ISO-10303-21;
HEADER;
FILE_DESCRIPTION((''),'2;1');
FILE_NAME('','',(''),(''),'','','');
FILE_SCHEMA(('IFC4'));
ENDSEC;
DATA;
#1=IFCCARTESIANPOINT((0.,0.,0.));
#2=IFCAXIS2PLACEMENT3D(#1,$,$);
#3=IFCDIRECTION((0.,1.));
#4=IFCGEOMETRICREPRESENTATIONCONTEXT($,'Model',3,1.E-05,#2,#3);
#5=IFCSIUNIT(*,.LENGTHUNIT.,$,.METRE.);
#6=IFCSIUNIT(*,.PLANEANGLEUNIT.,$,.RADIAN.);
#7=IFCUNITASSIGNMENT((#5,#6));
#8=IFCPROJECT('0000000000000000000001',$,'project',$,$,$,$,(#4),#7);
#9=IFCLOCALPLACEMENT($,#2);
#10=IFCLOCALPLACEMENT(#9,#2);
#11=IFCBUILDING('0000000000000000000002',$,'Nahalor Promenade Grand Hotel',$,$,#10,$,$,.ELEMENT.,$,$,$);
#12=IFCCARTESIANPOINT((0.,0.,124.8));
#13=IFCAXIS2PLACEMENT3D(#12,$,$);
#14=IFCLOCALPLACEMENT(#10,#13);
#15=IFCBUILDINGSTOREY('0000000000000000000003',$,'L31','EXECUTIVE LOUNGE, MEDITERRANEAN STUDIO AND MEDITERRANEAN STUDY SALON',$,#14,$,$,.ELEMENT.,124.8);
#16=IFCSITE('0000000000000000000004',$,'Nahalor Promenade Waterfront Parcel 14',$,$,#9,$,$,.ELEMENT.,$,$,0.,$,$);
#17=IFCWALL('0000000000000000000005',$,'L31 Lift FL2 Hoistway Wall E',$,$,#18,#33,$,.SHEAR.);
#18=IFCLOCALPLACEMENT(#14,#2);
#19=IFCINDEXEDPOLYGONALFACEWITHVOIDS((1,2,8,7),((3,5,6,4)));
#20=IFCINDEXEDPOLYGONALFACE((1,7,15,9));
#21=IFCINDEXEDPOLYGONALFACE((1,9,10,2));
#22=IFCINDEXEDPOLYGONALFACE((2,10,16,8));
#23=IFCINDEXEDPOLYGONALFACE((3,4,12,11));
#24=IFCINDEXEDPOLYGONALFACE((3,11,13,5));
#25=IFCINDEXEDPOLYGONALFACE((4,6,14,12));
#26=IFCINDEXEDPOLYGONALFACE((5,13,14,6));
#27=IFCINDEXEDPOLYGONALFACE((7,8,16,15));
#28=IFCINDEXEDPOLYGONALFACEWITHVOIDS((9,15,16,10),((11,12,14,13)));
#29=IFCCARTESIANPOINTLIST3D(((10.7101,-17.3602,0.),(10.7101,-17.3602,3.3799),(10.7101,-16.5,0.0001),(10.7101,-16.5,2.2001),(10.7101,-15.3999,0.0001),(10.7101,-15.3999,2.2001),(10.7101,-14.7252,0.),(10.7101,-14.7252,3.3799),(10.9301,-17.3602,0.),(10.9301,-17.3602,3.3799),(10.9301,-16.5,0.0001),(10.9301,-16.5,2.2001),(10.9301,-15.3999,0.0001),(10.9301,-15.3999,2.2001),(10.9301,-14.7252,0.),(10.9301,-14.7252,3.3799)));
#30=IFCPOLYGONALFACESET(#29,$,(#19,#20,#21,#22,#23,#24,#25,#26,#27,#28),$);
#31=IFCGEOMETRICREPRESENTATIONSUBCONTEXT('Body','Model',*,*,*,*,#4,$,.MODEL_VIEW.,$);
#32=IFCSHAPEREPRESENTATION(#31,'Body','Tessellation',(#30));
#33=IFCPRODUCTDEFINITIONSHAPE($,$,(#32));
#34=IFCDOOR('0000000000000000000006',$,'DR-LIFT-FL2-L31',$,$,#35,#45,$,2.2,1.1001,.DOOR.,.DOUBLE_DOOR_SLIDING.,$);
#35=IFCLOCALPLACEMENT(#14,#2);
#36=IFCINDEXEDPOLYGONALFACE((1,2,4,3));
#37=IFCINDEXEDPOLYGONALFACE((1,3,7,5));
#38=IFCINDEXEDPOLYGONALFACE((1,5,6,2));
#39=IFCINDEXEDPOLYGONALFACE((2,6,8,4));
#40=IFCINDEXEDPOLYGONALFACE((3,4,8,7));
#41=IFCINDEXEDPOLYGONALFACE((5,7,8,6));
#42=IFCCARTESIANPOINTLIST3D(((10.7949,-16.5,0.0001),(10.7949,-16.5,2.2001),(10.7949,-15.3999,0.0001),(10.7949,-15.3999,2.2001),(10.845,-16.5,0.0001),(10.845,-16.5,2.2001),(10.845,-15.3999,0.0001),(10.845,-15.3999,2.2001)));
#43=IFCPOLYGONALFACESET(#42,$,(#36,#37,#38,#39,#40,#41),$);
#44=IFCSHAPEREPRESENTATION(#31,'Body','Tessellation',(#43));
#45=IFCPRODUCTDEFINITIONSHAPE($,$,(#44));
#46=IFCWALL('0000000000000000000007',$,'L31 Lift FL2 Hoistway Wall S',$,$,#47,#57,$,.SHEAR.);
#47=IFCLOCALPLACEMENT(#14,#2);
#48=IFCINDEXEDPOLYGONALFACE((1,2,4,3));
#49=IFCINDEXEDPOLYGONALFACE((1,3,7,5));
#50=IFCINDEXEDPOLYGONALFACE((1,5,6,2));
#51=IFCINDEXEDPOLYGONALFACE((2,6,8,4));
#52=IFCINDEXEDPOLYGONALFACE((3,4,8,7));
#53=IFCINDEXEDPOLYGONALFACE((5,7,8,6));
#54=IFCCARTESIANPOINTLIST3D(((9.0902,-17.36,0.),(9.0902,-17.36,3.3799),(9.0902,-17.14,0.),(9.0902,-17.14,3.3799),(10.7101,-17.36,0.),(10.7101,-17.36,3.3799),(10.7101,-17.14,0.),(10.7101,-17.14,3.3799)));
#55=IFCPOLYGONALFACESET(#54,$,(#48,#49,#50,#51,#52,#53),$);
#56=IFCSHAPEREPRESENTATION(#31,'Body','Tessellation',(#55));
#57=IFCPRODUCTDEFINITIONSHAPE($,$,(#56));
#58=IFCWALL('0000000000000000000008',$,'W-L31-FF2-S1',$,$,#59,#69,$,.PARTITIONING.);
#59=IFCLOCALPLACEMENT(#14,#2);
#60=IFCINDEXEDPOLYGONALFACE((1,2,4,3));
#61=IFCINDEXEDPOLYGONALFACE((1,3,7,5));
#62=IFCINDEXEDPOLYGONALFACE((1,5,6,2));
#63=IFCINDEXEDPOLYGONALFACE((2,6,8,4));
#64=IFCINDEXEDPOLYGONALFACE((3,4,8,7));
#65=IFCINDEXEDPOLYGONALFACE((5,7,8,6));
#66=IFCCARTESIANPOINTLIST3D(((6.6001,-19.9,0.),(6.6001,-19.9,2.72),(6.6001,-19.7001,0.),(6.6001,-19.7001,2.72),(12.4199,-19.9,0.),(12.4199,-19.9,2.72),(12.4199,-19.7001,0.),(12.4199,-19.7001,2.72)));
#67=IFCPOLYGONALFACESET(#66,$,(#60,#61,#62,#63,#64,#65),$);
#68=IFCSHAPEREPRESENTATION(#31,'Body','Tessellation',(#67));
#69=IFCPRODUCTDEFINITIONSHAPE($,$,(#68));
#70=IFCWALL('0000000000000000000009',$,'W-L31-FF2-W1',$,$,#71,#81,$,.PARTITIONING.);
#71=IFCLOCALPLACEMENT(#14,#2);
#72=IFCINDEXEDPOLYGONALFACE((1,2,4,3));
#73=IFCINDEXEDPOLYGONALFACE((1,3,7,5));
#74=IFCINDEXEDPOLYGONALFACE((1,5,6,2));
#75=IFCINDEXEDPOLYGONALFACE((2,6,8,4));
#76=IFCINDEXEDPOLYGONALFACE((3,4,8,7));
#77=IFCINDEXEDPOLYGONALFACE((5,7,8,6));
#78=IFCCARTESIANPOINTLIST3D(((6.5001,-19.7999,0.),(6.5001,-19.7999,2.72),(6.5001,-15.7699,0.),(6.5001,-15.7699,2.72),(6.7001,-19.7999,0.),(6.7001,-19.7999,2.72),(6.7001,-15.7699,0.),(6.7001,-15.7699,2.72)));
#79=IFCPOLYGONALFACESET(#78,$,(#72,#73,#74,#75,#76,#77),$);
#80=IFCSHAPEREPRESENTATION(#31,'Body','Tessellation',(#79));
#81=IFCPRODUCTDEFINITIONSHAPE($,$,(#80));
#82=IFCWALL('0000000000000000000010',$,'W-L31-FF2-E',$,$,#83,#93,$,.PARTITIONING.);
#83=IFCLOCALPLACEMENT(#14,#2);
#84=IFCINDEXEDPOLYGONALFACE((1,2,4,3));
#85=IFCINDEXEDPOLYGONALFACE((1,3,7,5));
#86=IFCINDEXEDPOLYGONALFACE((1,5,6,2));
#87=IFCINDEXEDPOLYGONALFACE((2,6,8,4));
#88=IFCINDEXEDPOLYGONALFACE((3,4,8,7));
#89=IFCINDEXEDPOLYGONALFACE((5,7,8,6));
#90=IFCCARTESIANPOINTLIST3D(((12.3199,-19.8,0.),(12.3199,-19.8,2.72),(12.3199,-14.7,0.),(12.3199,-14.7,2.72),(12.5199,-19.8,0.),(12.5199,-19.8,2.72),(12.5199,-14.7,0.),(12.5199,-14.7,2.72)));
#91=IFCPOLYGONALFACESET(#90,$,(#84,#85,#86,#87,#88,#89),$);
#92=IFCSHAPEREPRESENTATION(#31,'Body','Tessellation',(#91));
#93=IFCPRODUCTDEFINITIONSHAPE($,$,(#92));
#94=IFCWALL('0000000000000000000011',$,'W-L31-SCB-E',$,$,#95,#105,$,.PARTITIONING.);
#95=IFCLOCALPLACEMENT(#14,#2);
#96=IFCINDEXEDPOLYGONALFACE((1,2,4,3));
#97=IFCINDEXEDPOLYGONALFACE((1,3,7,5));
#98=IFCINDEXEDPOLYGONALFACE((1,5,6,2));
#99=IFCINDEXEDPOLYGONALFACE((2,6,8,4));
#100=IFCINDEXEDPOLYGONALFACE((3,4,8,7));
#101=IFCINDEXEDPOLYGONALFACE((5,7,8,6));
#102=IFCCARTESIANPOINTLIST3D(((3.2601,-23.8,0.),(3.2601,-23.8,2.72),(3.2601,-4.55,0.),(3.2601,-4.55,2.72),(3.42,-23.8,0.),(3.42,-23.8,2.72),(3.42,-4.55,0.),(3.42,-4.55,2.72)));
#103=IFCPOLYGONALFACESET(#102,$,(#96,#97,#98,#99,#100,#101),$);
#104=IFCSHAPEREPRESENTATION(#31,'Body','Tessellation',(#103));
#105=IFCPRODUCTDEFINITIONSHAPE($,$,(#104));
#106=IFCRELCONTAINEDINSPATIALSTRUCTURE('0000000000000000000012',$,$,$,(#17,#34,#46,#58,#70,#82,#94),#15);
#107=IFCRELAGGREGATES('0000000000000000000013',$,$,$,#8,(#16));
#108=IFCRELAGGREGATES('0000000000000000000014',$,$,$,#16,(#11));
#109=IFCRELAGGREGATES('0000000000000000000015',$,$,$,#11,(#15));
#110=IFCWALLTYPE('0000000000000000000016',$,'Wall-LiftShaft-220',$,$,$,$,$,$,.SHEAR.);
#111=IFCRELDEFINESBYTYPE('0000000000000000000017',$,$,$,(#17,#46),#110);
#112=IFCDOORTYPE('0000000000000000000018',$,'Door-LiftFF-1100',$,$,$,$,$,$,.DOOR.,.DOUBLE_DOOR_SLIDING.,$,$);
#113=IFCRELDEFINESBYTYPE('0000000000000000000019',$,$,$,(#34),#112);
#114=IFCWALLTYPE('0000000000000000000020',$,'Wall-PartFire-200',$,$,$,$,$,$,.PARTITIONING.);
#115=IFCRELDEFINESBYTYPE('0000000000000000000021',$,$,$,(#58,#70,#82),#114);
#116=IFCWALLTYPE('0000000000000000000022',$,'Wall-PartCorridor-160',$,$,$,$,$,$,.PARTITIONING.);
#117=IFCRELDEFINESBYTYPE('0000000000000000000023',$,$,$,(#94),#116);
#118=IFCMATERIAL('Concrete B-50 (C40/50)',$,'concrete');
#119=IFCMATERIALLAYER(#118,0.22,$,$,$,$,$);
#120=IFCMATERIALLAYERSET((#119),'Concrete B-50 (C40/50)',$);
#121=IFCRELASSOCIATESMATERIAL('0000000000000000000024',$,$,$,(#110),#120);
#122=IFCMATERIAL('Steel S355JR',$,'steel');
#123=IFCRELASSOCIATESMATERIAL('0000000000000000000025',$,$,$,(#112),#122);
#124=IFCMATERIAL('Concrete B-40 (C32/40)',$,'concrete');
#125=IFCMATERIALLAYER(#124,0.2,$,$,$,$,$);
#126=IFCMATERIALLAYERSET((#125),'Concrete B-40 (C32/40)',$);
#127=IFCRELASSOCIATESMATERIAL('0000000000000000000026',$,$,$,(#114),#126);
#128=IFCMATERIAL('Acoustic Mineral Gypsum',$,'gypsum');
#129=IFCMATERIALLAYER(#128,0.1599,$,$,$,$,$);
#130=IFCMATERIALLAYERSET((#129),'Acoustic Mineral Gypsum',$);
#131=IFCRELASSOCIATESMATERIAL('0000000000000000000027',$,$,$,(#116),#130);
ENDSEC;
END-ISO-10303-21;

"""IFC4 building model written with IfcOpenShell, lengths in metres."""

from ifc_helpers import new_model, si_unit, direction, frame, frame_2d, origin, place, context, subcontext, project, spatial, rectangle, extrude, source, transform, mapped, material, layer, layer_set, type_object, element, fill, save


model = new_model("IFC4")

# Units and contexts
model_context = context("Model", 3, precision=1e-05, world=origin(), true_north=direction((0.0, 1.0)))
body_context = subcontext(model_context, "Body", "Model", "MODEL_VIEW")
ifc_project = project(units=[si_unit("LENGTHUNIT", "METRE"), si_unit("PLANEANGLEUNIT", "RADIAN")], contexts=[model_context])

# Site, building, storey
site_placement = place(None, origin())
site = spatial("IfcSite", under=ifc_project, at=site_placement, Name="Nahalor Promenade Waterfront Parcel 14", CompositionType="ELEMENT", RefElevation=0.0)
building_placement = place(site_placement, origin())
building = spatial("IfcBuilding", under=site, at=building_placement, Name="Nahalor Promenade Grand Hotel", CompositionType="ELEMENT")
storey_placement = place(building_placement, frame((0.0, 0.0, 124.8)))
storey = spatial("IfcBuildingStorey", under=building, at=storey_placement, Name="L31", Description="EXECUTIVE LOUNGE, MEDITERRANEAN STUDIO AND MEDITERRANEAN STUDY SALON", CompositionType="ELEMENT", Elevation=124.8)

# Shared definitions
ifc_material_1 = material(Name="Steel S355JR", Category="steel")

# Shared definitions
ifc_material_2 = material(Name="Concrete B-50 (C40/50)", Category="concrete")

# Shared definitions
ifc_layer_1 = layer(ifc_material_2, 0.22)
ifc_layer_set_1 = layer_set([ifc_layer_1], Name="Concrete B-50 (C40/50)")
wall_type_1 = type_object("IfcWallType", Name="Wall-LiftShaft-220", PredefinedType="SHEAR", material=ifc_layer_set_1)
shared_shape_1 = source(origin(), body_context, "Body", "SweptSolid", [
    extrude(rectangle(XDim=2.635, YDim=0.22, at=frame_2d((1.3174, 0.0))), origin(), (0.0, 0.0, 1.0), 3.3799),
])

# Wall, opening, door
wall_1_placement = place(storey_placement, frame((10.8201, -17.3601, 0.0), z_axis=(0.0, 0.0, 1.0), x_axis=(0.0, 1.0, 0.0)))
wall_1 = element("IfcWall", 1, at=wall_1_placement, inside=storey, type_object=wall_type_1, Name="L31 Lift FL2 Hoistway Wall E", PredefinedType="SHEAR", context=body_context, shape_type="MappedRepresentation", body=[
    mapped(shared_shape_1, transform((0.0, 0.0, 0.0), scale=1.0)),
])
opening_1_placement = place(wall_1_placement, frame((0.8601, 0.0, 0.0)))
opening_1 = element("IfcOpeningElement", 2, at=opening_1_placement, cuts=wall_1, PredefinedType="OPENING", context=body_context, shape_type="SweptSolid", body=[
    extrude(rectangle(XDim=1.1001, YDim=2.2, at=frame_2d((0.55, 1.1001))), frame((0.0, 0.1199, 0.0), z_axis=(0.0, -1.0, 0.0), x_axis=(1.0, 0.0, 0.0)), (0.0, 0.0, 1.0), 0.24),
])
door_type_1 = type_object("IfcDoorType", Name="Door-LiftFF-1100", OperationType="DOUBLE_DOOR_SLIDING", PredefinedType="DOOR", material=ifc_material_1)
shared_shape_2 = source(origin(), body_context, "Body", "SweptSolid", [
    extrude(rectangle(XDim=1.1001, YDim=2.2, at=frame_2d((0.55, 1.1001))), frame((0.0, 0.0249, 0.0), z_axis=(0.0, -1.0, 0.0), x_axis=(1.0, 0.0, 0.0)), (0.0, 0.0, 1.0), 0.05),
])
door_1_placement = place(opening_1_placement, frame((1.1001, 0.0, 0.0), z_axis=(0.0, 0.0, 1.0), x_axis=(-1.0, 0.0, 0.0)))
door_1 = element("IfcDoor", 3, at=door_1_placement, inside=storey, type_object=door_type_1, Name="DR-LIFT-FL2-L31", OperationType="DOUBLE_DOOR_SLIDING", OverallHeight=2.2, OverallWidth=1.1001, PredefinedType="DOOR", context=body_context, shape_type="MappedRepresentation", body=[
    mapped(shared_shape_2, transform((0.0, 0.0, 0.0), scale=1.0)),
])
fill(opening_1, door_1)

# Walls
shared_shape_3 = source(origin(), body_context, "Body", "SweptSolid", [
    extrude(rectangle(XDim=1.6199, YDim=0.22, at=frame_2d((0.8101, 0.0))), origin(), (0.0, 0.0, 1.0), 3.3799),
])
wall_2_placement = place(storey_placement, frame((9.0901, -17.25, 0.0), z_axis=(0.0, 0.0, 1.0), x_axis=(1.0, 0.0, 0.0)))
element("IfcWall", 4, at=wall_2_placement, inside=storey, type_object=wall_type_1, Name="L31 Lift FL2 Hoistway Wall S", PredefinedType="SHEAR", context=body_context, shape_type="MappedRepresentation", body=[
    mapped(shared_shape_3, transform((0.0, 0.0, 0.0), scale=1.0)),
])
ifc_material_3 = material(Name="Concrete B-40 (C32/40)", Category="concrete")
ifc_layer_2 = layer(ifc_material_3, 0.2)
ifc_layer_set_2 = layer_set([ifc_layer_2], Name="Concrete B-40 (C32/40)")
wall_type_2 = type_object("IfcWallType", Name="Wall-PartFire-200", PredefinedType="PARTITIONING", material=ifc_layer_set_2)
shared_shape_4 = source(origin(), body_context, "Body", "SweptSolid", [
    extrude(rectangle(XDim=5.8198, YDim=0.2, at=frame_2d((2.9099, 0.0))), origin(), (0.0, 0.0, 1.0), 2.72),
])
wall_3_placement = place(storey_placement, frame((6.6001, -19.8, 0.0), z_axis=(0.0, 0.0, 1.0), x_axis=(1.0, 0.0, 0.0)))
element("IfcWall", 5, at=wall_3_placement, inside=storey, type_object=wall_type_2, Name="W-L31-FF2-S1", PredefinedType="PARTITIONING", context=body_context, shape_type="MappedRepresentation", body=[
    mapped(shared_shape_4, transform((0.0, 0.0, 0.0), scale=1.0)),
])
shared_shape_5 = source(origin(), body_context, "Body", "SweptSolid", [
    extrude(rectangle(XDim=4.03, YDim=0.2, at=frame_2d((2.0151, 0.0))), origin(), (0.0, 0.0, 1.0), 2.72),
])
wall_4_placement = place(storey_placement, frame((6.6001, -19.8, 0.0), z_axis=(0.0, 0.0, 1.0), x_axis=(0.0, 1.0, 0.0)))
element("IfcWall", 6, at=wall_4_placement, inside=storey, type_object=wall_type_2, Name="W-L31-FF2-W1", PredefinedType="PARTITIONING", context=body_context, shape_type="MappedRepresentation", body=[
    mapped(shared_shape_5, transform((0.0, 0.0, 0.0), scale=1.0)),
])
shared_shape_6 = source(origin(), body_context, "Body", "SweptSolid", [
    extrude(rectangle(XDim=5.1001, YDim=0.2, at=frame_2d((2.55, 0.0))), origin(), (0.0, 0.0, 1.0), 2.72),
])
wall_5_placement = place(storey_placement, frame((12.4199, -19.8, 0.0), z_axis=(0.0, 0.0, 1.0), x_axis=(0.0, 1.0, 0.0)))
element("IfcWall", 7, at=wall_5_placement, inside=storey, type_object=wall_type_2, Name="W-L31-FF2-E", PredefinedType="PARTITIONING", context=body_context, shape_type="MappedRepresentation", body=[
    mapped(shared_shape_6, transform((0.0, 0.0, 0.0), scale=1.0)),
])

# Wall
ifc_material_4 = material(Name="Acoustic Mineral Gypsum", Category="gypsum")
ifc_layer_3 = layer(ifc_material_4, 0.1599)
ifc_layer_set_3 = layer_set([ifc_layer_3], Name="Acoustic Mineral Gypsum")
wall_type_3 = type_object("IfcWallType", Name="Wall-PartCorridor-160", PredefinedType="PARTITIONING", material=ifc_layer_set_3)
shared_shape_7 = source(origin(), body_context, "Body", "SweptSolid", [
    extrude(rectangle(XDim=19.25, YDim=0.1599, at=frame_2d((9.625, 0.0))), origin(), (0.0, 0.0, 1.0), 2.72),
])
wall_6_placement = place(storey_placement, frame((3.3401, -23.8, 0.0), z_axis=(0.0, 0.0, 1.0), x_axis=(0.0, 1.0, 0.0)))
element("IfcWall", 8, at=wall_6_placement, inside=storey, type_object=wall_type_3, Name="W-L31-SCB-E", PredefinedType="PARTITIONING", context=body_context, shape_type="MappedRepresentation", body=[
    mapped(shared_shape_7, transform((0.0, 0.0, 0.0), scale=1.0)),
])

save(model, "model.ifc")
